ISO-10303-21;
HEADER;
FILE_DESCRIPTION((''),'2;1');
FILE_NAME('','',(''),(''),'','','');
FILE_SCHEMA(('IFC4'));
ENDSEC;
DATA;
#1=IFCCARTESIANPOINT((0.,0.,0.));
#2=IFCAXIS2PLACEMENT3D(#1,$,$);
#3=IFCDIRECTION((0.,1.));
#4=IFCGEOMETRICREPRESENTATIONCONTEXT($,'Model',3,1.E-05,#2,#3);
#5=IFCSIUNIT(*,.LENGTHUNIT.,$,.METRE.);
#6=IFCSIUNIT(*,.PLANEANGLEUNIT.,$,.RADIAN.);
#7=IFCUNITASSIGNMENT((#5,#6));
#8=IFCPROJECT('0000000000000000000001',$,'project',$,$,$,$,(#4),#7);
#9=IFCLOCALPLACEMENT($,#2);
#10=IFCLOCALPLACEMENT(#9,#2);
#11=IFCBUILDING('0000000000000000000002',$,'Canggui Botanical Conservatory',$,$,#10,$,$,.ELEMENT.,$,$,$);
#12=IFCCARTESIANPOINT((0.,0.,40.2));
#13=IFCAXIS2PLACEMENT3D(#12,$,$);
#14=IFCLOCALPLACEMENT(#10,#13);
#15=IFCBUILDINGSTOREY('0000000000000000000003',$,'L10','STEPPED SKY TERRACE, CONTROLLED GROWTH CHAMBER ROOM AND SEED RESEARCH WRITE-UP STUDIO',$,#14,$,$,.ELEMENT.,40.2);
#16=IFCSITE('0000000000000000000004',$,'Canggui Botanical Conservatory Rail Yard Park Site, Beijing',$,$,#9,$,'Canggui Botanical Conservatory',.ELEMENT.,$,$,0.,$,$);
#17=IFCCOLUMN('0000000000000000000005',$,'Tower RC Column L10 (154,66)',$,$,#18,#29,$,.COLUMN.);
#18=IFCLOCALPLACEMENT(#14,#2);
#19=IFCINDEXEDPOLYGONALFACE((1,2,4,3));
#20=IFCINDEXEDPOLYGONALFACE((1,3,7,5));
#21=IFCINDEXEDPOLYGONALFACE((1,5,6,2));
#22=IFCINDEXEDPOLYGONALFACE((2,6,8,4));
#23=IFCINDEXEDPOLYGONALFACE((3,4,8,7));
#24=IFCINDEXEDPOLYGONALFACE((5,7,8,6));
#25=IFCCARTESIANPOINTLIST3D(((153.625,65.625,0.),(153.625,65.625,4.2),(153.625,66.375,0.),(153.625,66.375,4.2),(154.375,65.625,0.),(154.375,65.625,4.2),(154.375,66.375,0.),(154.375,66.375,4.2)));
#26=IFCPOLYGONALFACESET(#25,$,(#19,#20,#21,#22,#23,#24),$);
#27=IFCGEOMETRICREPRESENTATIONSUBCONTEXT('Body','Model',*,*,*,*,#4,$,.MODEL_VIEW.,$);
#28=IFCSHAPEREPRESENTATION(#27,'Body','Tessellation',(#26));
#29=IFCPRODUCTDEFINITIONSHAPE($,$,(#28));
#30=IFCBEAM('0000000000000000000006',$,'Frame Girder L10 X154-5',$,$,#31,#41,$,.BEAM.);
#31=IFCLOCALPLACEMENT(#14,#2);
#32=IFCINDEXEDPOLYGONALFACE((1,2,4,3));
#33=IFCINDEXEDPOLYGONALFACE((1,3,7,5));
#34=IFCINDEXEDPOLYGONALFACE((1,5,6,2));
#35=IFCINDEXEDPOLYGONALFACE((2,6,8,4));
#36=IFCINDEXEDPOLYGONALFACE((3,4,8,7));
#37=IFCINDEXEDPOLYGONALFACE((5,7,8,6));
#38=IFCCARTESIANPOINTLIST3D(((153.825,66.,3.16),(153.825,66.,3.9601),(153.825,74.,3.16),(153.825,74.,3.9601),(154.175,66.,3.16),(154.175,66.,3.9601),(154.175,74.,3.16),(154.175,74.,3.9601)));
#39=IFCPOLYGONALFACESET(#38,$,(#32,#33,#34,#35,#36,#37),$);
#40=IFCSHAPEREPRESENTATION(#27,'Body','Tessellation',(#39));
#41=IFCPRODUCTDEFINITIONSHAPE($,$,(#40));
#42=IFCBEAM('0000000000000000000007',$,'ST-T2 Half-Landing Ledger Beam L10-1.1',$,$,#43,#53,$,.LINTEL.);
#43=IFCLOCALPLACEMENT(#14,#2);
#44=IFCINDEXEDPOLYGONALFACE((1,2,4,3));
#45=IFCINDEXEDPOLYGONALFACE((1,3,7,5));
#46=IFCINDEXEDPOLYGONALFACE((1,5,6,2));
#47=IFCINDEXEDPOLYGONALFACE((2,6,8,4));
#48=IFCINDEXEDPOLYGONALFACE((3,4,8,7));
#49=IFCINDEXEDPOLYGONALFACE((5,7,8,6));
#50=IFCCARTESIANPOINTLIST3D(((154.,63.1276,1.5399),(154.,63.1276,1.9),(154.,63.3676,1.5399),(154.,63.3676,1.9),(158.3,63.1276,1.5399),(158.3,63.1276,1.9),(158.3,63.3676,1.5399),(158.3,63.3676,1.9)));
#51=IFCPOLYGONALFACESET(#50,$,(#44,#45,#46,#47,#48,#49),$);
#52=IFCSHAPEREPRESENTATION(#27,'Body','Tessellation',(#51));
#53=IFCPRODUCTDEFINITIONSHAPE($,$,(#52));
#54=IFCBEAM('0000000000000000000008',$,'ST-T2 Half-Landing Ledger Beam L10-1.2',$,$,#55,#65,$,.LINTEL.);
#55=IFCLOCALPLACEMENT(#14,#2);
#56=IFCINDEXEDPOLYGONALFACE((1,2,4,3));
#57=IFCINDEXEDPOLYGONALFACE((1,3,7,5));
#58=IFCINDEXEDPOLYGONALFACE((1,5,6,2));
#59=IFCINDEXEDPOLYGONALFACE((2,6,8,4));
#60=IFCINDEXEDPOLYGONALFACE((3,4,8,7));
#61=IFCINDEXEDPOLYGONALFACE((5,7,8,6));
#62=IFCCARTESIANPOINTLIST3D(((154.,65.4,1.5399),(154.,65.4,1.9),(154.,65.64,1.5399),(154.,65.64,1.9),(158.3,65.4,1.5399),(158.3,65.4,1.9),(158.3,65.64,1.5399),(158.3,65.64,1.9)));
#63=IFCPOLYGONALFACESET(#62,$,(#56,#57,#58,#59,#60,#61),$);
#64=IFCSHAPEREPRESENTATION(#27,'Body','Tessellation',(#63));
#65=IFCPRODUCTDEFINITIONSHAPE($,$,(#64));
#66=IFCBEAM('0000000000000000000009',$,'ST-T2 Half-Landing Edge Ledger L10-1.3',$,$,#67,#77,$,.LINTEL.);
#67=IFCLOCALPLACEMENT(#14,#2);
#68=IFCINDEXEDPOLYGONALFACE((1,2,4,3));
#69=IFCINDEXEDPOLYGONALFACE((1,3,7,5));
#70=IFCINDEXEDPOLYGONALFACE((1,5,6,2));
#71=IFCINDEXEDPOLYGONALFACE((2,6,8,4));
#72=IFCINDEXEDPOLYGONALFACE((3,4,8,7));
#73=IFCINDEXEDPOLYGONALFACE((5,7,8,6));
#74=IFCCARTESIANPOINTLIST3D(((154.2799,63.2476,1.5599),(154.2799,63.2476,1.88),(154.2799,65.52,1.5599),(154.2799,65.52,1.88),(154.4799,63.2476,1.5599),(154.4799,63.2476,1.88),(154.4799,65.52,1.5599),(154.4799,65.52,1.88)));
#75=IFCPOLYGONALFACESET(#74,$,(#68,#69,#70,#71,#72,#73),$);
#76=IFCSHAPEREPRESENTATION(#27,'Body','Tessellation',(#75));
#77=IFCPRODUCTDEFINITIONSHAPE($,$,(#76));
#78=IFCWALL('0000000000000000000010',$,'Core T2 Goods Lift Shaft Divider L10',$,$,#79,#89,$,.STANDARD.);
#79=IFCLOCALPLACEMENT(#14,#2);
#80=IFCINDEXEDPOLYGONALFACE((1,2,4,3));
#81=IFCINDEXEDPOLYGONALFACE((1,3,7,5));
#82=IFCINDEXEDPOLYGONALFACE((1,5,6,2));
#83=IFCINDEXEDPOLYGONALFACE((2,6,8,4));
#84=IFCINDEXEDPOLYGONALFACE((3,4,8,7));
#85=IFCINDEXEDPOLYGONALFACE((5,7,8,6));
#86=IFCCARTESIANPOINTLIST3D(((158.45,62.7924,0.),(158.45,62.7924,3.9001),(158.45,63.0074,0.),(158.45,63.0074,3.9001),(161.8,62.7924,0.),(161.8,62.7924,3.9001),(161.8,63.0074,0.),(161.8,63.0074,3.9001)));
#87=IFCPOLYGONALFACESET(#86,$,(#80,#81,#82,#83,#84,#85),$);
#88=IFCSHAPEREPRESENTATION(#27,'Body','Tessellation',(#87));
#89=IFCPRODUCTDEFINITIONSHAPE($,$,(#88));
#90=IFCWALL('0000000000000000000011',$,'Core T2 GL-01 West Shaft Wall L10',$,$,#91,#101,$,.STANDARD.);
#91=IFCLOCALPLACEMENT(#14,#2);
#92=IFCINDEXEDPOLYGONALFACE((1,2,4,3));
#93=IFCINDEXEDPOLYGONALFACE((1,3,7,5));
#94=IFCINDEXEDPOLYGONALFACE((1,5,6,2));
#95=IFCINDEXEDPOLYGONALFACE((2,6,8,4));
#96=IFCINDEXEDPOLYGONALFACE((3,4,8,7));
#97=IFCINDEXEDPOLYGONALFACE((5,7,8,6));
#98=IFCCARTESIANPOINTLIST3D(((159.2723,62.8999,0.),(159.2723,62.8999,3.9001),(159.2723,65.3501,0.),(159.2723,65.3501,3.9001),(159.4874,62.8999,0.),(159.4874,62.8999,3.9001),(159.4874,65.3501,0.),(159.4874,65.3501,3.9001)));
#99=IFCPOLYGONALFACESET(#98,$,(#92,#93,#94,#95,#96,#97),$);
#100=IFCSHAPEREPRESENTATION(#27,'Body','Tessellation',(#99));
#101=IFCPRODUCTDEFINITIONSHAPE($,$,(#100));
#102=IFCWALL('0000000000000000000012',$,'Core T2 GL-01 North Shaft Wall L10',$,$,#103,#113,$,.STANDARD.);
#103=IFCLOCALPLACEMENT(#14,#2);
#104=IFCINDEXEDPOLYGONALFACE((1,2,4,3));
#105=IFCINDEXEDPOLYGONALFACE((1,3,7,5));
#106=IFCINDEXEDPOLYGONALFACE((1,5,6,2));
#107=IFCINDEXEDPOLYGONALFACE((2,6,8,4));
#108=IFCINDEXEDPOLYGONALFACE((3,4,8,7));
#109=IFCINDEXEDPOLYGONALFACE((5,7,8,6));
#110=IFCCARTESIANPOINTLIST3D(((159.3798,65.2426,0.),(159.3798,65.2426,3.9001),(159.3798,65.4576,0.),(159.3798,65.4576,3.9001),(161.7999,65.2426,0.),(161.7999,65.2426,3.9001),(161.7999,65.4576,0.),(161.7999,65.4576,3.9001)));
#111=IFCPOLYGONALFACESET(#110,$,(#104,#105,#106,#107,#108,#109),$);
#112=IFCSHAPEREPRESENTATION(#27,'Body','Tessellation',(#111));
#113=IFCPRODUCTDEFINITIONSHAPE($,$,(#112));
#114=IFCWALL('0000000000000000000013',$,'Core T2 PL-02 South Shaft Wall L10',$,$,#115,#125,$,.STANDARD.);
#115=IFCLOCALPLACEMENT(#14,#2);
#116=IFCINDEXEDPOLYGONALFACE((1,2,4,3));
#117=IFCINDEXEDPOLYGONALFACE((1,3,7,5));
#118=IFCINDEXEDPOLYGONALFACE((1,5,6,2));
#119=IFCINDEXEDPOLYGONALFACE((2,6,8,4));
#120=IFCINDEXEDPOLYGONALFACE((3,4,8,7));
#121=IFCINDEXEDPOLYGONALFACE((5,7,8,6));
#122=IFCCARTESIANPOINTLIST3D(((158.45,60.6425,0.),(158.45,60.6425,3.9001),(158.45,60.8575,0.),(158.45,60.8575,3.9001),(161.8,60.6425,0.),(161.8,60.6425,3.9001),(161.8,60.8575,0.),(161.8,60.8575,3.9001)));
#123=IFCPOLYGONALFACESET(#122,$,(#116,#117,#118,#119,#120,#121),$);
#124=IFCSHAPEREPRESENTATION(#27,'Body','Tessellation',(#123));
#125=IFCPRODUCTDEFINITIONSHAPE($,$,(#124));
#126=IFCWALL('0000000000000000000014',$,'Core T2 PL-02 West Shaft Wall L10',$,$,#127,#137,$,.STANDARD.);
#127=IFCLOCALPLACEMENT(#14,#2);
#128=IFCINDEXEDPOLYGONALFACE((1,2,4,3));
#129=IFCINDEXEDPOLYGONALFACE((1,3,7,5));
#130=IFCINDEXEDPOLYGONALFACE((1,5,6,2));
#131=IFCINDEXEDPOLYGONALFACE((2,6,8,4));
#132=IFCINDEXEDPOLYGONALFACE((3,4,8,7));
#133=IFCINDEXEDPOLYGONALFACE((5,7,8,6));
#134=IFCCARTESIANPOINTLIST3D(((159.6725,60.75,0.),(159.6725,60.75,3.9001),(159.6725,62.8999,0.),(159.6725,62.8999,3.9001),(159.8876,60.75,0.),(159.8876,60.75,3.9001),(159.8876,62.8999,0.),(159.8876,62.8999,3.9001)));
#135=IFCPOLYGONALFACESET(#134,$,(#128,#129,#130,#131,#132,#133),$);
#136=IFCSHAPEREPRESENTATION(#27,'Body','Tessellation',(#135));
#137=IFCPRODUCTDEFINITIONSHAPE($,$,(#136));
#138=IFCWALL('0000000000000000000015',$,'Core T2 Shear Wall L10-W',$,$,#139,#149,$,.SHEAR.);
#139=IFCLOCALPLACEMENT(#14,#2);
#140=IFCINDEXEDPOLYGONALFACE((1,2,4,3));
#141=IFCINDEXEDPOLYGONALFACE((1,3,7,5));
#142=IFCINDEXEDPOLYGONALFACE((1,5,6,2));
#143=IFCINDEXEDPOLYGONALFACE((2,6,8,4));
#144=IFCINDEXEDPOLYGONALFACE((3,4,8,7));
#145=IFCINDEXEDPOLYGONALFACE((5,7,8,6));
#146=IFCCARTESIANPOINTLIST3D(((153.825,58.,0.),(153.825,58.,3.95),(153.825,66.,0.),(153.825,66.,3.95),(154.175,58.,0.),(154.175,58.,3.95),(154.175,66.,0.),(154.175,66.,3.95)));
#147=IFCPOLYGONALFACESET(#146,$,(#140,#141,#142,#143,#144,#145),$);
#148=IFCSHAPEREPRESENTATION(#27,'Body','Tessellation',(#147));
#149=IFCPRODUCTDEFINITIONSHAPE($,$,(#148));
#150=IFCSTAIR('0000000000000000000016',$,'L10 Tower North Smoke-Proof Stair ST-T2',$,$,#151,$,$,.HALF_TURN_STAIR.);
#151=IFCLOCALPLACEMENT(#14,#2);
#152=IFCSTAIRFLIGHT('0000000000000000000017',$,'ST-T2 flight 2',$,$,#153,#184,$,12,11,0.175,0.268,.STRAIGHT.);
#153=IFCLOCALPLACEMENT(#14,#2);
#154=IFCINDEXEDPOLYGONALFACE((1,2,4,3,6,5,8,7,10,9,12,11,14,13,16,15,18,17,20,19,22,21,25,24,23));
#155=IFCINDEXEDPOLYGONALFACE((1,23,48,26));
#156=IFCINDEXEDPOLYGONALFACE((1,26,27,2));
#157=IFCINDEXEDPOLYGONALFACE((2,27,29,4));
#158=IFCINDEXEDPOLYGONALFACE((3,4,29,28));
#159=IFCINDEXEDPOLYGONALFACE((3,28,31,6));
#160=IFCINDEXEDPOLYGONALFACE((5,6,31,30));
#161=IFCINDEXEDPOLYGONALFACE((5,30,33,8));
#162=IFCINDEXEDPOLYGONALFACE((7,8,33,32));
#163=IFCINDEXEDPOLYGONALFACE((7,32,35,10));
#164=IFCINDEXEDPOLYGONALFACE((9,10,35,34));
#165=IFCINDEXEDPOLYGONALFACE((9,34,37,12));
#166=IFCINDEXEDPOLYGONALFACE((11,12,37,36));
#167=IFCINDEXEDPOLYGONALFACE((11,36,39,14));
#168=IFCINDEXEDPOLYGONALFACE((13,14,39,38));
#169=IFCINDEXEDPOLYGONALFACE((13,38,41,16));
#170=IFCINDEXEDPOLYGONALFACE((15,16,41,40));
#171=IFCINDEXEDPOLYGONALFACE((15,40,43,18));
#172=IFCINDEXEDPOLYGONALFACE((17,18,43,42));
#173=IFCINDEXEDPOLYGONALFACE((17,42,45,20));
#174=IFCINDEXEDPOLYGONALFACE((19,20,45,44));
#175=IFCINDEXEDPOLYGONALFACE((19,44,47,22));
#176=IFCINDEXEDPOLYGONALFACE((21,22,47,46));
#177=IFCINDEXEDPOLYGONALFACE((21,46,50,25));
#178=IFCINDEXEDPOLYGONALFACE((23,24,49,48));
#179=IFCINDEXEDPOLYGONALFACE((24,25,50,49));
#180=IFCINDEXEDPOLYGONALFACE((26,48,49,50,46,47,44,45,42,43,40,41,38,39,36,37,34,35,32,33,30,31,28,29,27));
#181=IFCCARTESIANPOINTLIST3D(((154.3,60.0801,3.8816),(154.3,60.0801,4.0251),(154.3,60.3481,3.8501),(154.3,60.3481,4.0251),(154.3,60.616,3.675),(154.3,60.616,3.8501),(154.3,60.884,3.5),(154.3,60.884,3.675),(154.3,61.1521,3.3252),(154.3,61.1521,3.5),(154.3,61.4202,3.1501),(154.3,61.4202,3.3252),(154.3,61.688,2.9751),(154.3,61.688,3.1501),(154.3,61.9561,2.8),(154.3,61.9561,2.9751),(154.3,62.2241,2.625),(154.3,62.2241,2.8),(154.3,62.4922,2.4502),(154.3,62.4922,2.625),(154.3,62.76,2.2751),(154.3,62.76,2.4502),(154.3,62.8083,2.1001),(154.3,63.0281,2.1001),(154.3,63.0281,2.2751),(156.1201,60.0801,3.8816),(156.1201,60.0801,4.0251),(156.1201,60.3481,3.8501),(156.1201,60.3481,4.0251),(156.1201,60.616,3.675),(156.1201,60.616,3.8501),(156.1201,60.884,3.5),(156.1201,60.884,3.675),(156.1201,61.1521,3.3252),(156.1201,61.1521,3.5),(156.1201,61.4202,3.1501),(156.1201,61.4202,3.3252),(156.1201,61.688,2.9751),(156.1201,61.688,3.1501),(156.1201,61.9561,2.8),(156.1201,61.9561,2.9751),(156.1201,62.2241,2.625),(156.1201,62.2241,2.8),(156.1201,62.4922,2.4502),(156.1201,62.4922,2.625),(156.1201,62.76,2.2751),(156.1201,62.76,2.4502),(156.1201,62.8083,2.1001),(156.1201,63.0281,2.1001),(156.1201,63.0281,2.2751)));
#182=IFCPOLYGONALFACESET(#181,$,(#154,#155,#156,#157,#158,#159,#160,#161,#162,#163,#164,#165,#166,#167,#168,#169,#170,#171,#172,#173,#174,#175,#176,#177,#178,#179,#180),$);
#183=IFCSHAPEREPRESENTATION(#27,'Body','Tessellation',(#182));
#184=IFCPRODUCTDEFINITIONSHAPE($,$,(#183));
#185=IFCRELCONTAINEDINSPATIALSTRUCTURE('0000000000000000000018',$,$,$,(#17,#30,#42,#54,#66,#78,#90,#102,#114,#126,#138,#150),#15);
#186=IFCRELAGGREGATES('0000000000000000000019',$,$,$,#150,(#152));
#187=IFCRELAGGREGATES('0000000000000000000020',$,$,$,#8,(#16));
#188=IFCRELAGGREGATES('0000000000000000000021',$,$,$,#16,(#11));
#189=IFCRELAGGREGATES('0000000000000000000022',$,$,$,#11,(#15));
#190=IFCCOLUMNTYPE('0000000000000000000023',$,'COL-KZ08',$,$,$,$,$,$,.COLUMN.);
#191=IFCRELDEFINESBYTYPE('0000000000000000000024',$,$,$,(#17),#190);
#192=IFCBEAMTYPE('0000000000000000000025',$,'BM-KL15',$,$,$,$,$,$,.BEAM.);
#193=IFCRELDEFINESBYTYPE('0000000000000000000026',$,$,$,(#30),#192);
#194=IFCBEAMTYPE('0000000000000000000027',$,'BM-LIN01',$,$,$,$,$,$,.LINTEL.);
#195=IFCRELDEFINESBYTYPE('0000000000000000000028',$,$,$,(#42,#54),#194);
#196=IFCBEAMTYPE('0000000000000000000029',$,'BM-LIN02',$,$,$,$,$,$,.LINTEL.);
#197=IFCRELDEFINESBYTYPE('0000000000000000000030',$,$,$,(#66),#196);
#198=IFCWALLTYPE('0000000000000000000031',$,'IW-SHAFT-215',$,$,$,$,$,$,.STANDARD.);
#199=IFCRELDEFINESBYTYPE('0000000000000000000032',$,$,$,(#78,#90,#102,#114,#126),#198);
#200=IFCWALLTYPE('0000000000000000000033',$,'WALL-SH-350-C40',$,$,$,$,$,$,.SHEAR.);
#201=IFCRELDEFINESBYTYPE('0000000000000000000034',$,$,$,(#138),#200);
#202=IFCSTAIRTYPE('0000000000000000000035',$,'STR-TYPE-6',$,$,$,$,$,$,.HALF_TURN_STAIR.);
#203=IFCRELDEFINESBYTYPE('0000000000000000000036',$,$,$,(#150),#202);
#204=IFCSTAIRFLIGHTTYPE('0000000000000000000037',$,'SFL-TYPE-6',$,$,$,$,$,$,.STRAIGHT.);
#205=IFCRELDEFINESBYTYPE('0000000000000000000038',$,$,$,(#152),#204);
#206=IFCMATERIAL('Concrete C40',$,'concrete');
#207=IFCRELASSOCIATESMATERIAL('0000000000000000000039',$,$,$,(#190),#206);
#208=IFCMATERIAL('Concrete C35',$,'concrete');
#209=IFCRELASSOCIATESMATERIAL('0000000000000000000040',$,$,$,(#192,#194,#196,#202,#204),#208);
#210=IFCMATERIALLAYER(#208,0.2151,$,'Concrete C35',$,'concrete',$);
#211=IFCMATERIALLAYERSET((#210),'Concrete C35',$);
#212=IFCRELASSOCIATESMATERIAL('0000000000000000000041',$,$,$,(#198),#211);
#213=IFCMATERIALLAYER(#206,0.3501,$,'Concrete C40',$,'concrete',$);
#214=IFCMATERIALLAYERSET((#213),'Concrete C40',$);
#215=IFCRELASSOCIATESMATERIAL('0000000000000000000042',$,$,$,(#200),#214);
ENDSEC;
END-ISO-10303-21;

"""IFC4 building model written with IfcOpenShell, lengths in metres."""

from ifc_helpers import new_model, si_unit, direction, frame, frame_2d, origin, origin_2d, place, context, subcontext, project, spatial, polyline, rectangle, outline, extrude, material, layer, layer_set, material_profile, profile_set, type_object, element, aggregate, save


model = new_model("IFC4")

# Units and contexts
model_context = context("Model", 3, precision=1e-05, world=origin(), true_north=direction((0.0, 1.0)))
body_context = subcontext(model_context, "Body", "Model", "MODEL_VIEW")
ifc_project = project(units=[si_unit("LENGTHUNIT", "METRE"), si_unit("PLANEANGLEUNIT", "RADIAN")], contexts=[model_context])

# Site, building, storey
site_placement = place(None, origin())
site = spatial("IfcSite", under=ifc_project, at=site_placement, Name="Canggui Botanical Conservatory Rail Yard Park Site, Beijing", LongName="Canggui Botanical Conservatory", CompositionType="ELEMENT", RefElevation=0.0)
building_placement = place(site_placement, origin())
building = spatial("IfcBuilding", under=site, at=building_placement, Name="Canggui Botanical Conservatory", CompositionType="ELEMENT")
storey_placement = place(building_placement, frame((0.0, 0.0, 40.2)))
storey = spatial("IfcBuildingStorey", under=building, at=storey_placement, Name="L10", Description="STEPPED SKY TERRACE, CONTROLLED GROWTH CHAMBER ROOM AND SEED RESEARCH WRITE-UP STUDIO", CompositionType="ELEMENT", Elevation=40.2)

# Column
ifc_material_1 = material(Name="Concrete C40", Category="concrete")
ifc_material_profile_1 = material_profile(ifc_material_1, rectangle(XDim=0.75, YDim=0.75, at=origin_2d()), Name="RC 750x750")
ifc_profile_set_1 = profile_set([ifc_material_profile_1], Name="Concrete C40")
column_type = type_object("IfcColumnType", Name="COL-KZ08", PredefinedType="COLUMN", material=ifc_profile_set_1)
column_placement = place(storey_placement, frame((154.0, 66.0, 0.0), z_axis=(0.0, 0.0, 1.0), x_axis=(1.0, 0.0, 0.0)))
element("IfcColumn", 1, at=column_placement, inside=storey, type_object=column_type, Name="Tower RC Column L10 (154,66)", PredefinedType="COLUMN", context=body_context, shape_type="SweptSolid", body=[
    extrude(rectangle(XDim=0.75, YDim=0.75, at=origin_2d()), origin(), (0.0, 0.0, 1.0), 4.2),
])

# Beams
ifc_material_2 = material(Name="Concrete C35", Category="concrete")
ifc_material_profile_2 = material_profile(ifc_material_2, rectangle(XDim=0.3501, YDim=0.8, at=origin_2d()), Name="RB 350x800")
ifc_profile_set_2 = profile_set([ifc_material_profile_2], Name="Concrete C35")
beam_type_1 = type_object("IfcBeamType", Name="BM-KL15", PredefinedType="BEAM", material=ifc_profile_set_2)
beam_1_placement = place(storey_placement, frame((154.0, 66.0, 3.5601), z_axis=(0.0, 1.0, 0.0), x_axis=(-1.0, 0.0, 0.0)))
element("IfcBeam", 2, at=beam_1_placement, inside=storey, type_object=beam_type_1, Name="Frame Girder L10 X154-5", PredefinedType="BEAM", context=body_context, shape_type="SweptSolid", body=[
    extrude(rectangle(XDim=0.3501, YDim=0.8, at=origin_2d()), origin(), (0.0, 0.0, 1.0), 8.0),
])
ifc_material_profile_3 = material_profile(ifc_material_2, rectangle(XDim=0.24, YDim=0.3601, at=origin_2d()), Name="RB 240x360")
ifc_profile_set_3 = profile_set([ifc_material_profile_3], Name="Concrete C35")
beam_type_2 = type_object("IfcBeamType", Name="BM-LIN01", PredefinedType="LINTEL", material=ifc_profile_set_3)
for number, where, z_axis, x_axis, name in (
    (3, (154.0, 63.2476, 1.72), (1.0, 0.0, 0.0), (0.0, 1.0, 0.0), "ST-T2 Half-Landing Ledger Beam L10-1.1"),
    (4, (154.0, 65.52, 1.72), (1.0, 0.0, 0.0), (0.0, 1.0, 0.0), "ST-T2 Half-Landing Ledger Beam L10-1.2"),
):
    element("IfcBeam", number, at=place(storey_placement, frame(where, z_axis=z_axis, x_axis=x_axis)), inside=storey, type_object=beam_type_2, Name=name, PredefinedType="LINTEL", context=body_context, shape_type="SweptSolid", body=[
        extrude(rectangle(XDim=0.24, YDim=0.3601, at=origin_2d()), origin(), (0.0, 0.0, 1.0), 4.3),
    ])
ifc_material_profile_4 = material_profile(ifc_material_2, rectangle(XDim=0.2, YDim=0.3201, at=origin_2d()), Name="RB 200x320")
ifc_profile_set_4 = profile_set([ifc_material_profile_4], Name="Concrete C35")
beam_type_3 = type_object("IfcBeamType", Name="BM-LIN02", PredefinedType="LINTEL", material=ifc_profile_set_4)
beam_2_placement = place(storey_placement, frame((154.3799, 63.2476, 1.72), z_axis=(0.0, 1.0, 0.0), x_axis=(-1.0, 0.0, 0.0)))
element("IfcBeam", 5, at=beam_2_placement, inside=storey, type_object=beam_type_3, Name="ST-T2 Half-Landing Edge Ledger L10-1.3", PredefinedType="LINTEL", context=body_context, shape_type="SweptSolid", body=[
    extrude(rectangle(XDim=0.2, YDim=0.3201, at=origin_2d()), origin(), (0.0, 0.0, 1.0), 2.2725),
])

# Walls
ifc_layer_1 = layer(ifc_material_2, 0.2151, Name="Concrete C35", Category="concrete")
ifc_layer_set_1 = layer_set([ifc_layer_1], Name="Concrete C35")
wall_type_1 = type_object("IfcWallType", Name="IW-SHAFT-215", PredefinedType="STANDARD", material=ifc_layer_set_1)
wall_1_placement = place(storey_placement, frame((158.45, 62.8999, 0.0), z_axis=(0.0, 0.0, 1.0), x_axis=(1.0, 0.0, 0.0)))
element("IfcWall", 6, at=wall_1_placement, inside=storey, type_object=wall_type_1, Name="Core T2 Goods Lift Shaft Divider L10", PredefinedType="STANDARD", context=body_context, shape_type="SweptSolid", body=[
    extrude(rectangle(XDim=3.3501, YDim=0.2151, at=frame_2d((1.675, 0.0))), origin(), (0.0, 0.0, 1.0), 3.9001),
])
wall_2_placement = place(storey_placement, frame((159.3799, 62.8999, 0.0), z_axis=(0.0, 0.0, 1.0), x_axis=(0.0, 1.0, 0.0)))
element("IfcWall", 7, at=wall_2_placement, inside=storey, type_object=wall_type_1, Name="Core T2 GL-01 West Shaft Wall L10", PredefinedType="STANDARD", context=body_context, shape_type="SweptSolid", body=[
    extrude(rectangle(XDim=2.4502, YDim=0.2151, at=frame_2d((1.2251, 0.0))), origin(), (0.0, 0.0, 1.0), 3.9001),
])
wall_3_placement = place(storey_placement, frame((159.3799, 65.3501, 0.0), z_axis=(0.0, 0.0, 1.0), x_axis=(1.0, 0.0, 0.0)))
element("IfcWall", 8, at=wall_3_placement, inside=storey, type_object=wall_type_1, Name="Core T2 GL-01 North Shaft Wall L10", PredefinedType="STANDARD", context=body_context, shape_type="SweptSolid", body=[
    extrude(rectangle(XDim=2.4202, YDim=0.2151, at=frame_2d((1.21, 0.0))), origin(), (0.0, 0.0, 1.0), 3.9001),
])
wall_4_placement = place(storey_placement, frame((158.45, 60.75, 0.0), z_axis=(0.0, 0.0, 1.0), x_axis=(1.0, 0.0, 0.0)))
element("IfcWall", 9, at=wall_4_placement, inside=storey, type_object=wall_type_1, Name="Core T2 PL-02 South Shaft Wall L10", PredefinedType="STANDARD", context=body_context, shape_type="SweptSolid", body=[
    extrude(rectangle(XDim=3.3501, YDim=0.2151, at=frame_2d((1.675, 0.0))), origin(), (0.0, 0.0, 1.0), 3.9001),
])
wall_5_placement = place(storey_placement, frame((159.78, 60.75, 0.0), z_axis=(0.0, 0.0, 1.0), x_axis=(0.0, 1.0, 0.0)))
element("IfcWall", 10, at=wall_5_placement, inside=storey, type_object=wall_type_1, Name="Core T2 PL-02 West Shaft Wall L10", PredefinedType="STANDARD", context=body_context, shape_type="SweptSolid", body=[
    extrude(rectangle(XDim=2.1499, YDim=0.2151, at=frame_2d((1.075, 0.0))), origin(), (0.0, 0.0, 1.0), 3.9001),
])
ifc_layer_2 = layer(ifc_material_1, 0.3501, Name="Concrete C40", Category="concrete")
ifc_layer_set_2 = layer_set([ifc_layer_2], Name="Concrete C40")
wall_type_2 = type_object("IfcWallType", Name="WALL-SH-350-C40", PredefinedType="SHEAR", material=ifc_layer_set_2)
wall_6_placement = place(storey_placement, frame((154.0, 66.0, 0.0), z_axis=(0.0, 0.0, 1.0), x_axis=(0.0, -1.0, 0.0)))
element("IfcWall", 11, at=wall_6_placement, inside=storey, type_object=wall_type_2, Name="Core T2 Shear Wall L10-W", PredefinedType="SHEAR", context=body_context, shape_type="SweptSolid", body=[
    extrude(rectangle(XDim=8.0, YDim=0.3501, at=frame_2d((4.0, 0.0))), origin(), (0.0, 0.0, 1.0), 3.95),
])

# Stair, stair flight
stair_type = type_object("IfcStairType", Name="STR-TYPE-6", PredefinedType="HALF_TURN_STAIR", material=ifc_material_2)
stair_placement = place(storey_placement, origin())
stair = element("IfcStair", 12, at=stair_placement, inside=storey, type_object=stair_type, Name="L10 Tower North Smoke-Proof Stair ST-T2", PredefinedType="HALF_TURN_STAIR")
stair_flight_type = type_object("IfcStairFlightType", Name="SFL-TYPE-6", PredefinedType="STRAIGHT", material=ifc_material_2)
stair_flight_placement = place(storey_placement, frame((155.21, 63.0281, 2.1001), z_axis=(0.0, 0.0, 1.0), x_axis=(0.0, -1.0, 0.0)))
stair_flight = element("IfcStairFlight", 13, at=stair_flight_placement, type_object=stair_flight_type, Name="ST-T2 flight 2", NumberOfRisers=12, NumberOfTreads=11, PredefinedType="STRAIGHT", RiserHeight=0.175, TreadLength=0.268, context=body_context, shape_type="SweptSolid", body=[
    extrude(outline(polyline([(0.0, 0.0), (0.0, 0.175), (0.2681, 0.175), (0.2681, 0.3501), (0.5359, 0.3501), (0.5359, 0.5249), (0.804, 0.5249), (0.804, 0.7), (1.072, 0.7), (1.072, 0.875), (1.3401, 0.875), (1.3401, 1.05), (1.6079, 1.05), (1.6079, 1.2251), (1.876, 1.2251), (1.876, 1.3999), (2.144, 1.3999), (2.144, 1.575), (2.4121, 1.575), (2.4121, 1.75), (2.6799, 1.75), (2.6799, 1.925), (2.948, 1.925), (2.948, 2.1001), (2.948, 1.7815), (0.2197, 0.0), (0.0, 0.0)])), frame((0.0, 0.9102, 0.0), z_axis=(0.0, -1.0, 0.0), x_axis=(1.0, 0.0, 0.0)), (0.0, 0.0, 1.0), 1.8201),
])
aggregate(stair, [stair_flight])

save(model, "model.ifc")
